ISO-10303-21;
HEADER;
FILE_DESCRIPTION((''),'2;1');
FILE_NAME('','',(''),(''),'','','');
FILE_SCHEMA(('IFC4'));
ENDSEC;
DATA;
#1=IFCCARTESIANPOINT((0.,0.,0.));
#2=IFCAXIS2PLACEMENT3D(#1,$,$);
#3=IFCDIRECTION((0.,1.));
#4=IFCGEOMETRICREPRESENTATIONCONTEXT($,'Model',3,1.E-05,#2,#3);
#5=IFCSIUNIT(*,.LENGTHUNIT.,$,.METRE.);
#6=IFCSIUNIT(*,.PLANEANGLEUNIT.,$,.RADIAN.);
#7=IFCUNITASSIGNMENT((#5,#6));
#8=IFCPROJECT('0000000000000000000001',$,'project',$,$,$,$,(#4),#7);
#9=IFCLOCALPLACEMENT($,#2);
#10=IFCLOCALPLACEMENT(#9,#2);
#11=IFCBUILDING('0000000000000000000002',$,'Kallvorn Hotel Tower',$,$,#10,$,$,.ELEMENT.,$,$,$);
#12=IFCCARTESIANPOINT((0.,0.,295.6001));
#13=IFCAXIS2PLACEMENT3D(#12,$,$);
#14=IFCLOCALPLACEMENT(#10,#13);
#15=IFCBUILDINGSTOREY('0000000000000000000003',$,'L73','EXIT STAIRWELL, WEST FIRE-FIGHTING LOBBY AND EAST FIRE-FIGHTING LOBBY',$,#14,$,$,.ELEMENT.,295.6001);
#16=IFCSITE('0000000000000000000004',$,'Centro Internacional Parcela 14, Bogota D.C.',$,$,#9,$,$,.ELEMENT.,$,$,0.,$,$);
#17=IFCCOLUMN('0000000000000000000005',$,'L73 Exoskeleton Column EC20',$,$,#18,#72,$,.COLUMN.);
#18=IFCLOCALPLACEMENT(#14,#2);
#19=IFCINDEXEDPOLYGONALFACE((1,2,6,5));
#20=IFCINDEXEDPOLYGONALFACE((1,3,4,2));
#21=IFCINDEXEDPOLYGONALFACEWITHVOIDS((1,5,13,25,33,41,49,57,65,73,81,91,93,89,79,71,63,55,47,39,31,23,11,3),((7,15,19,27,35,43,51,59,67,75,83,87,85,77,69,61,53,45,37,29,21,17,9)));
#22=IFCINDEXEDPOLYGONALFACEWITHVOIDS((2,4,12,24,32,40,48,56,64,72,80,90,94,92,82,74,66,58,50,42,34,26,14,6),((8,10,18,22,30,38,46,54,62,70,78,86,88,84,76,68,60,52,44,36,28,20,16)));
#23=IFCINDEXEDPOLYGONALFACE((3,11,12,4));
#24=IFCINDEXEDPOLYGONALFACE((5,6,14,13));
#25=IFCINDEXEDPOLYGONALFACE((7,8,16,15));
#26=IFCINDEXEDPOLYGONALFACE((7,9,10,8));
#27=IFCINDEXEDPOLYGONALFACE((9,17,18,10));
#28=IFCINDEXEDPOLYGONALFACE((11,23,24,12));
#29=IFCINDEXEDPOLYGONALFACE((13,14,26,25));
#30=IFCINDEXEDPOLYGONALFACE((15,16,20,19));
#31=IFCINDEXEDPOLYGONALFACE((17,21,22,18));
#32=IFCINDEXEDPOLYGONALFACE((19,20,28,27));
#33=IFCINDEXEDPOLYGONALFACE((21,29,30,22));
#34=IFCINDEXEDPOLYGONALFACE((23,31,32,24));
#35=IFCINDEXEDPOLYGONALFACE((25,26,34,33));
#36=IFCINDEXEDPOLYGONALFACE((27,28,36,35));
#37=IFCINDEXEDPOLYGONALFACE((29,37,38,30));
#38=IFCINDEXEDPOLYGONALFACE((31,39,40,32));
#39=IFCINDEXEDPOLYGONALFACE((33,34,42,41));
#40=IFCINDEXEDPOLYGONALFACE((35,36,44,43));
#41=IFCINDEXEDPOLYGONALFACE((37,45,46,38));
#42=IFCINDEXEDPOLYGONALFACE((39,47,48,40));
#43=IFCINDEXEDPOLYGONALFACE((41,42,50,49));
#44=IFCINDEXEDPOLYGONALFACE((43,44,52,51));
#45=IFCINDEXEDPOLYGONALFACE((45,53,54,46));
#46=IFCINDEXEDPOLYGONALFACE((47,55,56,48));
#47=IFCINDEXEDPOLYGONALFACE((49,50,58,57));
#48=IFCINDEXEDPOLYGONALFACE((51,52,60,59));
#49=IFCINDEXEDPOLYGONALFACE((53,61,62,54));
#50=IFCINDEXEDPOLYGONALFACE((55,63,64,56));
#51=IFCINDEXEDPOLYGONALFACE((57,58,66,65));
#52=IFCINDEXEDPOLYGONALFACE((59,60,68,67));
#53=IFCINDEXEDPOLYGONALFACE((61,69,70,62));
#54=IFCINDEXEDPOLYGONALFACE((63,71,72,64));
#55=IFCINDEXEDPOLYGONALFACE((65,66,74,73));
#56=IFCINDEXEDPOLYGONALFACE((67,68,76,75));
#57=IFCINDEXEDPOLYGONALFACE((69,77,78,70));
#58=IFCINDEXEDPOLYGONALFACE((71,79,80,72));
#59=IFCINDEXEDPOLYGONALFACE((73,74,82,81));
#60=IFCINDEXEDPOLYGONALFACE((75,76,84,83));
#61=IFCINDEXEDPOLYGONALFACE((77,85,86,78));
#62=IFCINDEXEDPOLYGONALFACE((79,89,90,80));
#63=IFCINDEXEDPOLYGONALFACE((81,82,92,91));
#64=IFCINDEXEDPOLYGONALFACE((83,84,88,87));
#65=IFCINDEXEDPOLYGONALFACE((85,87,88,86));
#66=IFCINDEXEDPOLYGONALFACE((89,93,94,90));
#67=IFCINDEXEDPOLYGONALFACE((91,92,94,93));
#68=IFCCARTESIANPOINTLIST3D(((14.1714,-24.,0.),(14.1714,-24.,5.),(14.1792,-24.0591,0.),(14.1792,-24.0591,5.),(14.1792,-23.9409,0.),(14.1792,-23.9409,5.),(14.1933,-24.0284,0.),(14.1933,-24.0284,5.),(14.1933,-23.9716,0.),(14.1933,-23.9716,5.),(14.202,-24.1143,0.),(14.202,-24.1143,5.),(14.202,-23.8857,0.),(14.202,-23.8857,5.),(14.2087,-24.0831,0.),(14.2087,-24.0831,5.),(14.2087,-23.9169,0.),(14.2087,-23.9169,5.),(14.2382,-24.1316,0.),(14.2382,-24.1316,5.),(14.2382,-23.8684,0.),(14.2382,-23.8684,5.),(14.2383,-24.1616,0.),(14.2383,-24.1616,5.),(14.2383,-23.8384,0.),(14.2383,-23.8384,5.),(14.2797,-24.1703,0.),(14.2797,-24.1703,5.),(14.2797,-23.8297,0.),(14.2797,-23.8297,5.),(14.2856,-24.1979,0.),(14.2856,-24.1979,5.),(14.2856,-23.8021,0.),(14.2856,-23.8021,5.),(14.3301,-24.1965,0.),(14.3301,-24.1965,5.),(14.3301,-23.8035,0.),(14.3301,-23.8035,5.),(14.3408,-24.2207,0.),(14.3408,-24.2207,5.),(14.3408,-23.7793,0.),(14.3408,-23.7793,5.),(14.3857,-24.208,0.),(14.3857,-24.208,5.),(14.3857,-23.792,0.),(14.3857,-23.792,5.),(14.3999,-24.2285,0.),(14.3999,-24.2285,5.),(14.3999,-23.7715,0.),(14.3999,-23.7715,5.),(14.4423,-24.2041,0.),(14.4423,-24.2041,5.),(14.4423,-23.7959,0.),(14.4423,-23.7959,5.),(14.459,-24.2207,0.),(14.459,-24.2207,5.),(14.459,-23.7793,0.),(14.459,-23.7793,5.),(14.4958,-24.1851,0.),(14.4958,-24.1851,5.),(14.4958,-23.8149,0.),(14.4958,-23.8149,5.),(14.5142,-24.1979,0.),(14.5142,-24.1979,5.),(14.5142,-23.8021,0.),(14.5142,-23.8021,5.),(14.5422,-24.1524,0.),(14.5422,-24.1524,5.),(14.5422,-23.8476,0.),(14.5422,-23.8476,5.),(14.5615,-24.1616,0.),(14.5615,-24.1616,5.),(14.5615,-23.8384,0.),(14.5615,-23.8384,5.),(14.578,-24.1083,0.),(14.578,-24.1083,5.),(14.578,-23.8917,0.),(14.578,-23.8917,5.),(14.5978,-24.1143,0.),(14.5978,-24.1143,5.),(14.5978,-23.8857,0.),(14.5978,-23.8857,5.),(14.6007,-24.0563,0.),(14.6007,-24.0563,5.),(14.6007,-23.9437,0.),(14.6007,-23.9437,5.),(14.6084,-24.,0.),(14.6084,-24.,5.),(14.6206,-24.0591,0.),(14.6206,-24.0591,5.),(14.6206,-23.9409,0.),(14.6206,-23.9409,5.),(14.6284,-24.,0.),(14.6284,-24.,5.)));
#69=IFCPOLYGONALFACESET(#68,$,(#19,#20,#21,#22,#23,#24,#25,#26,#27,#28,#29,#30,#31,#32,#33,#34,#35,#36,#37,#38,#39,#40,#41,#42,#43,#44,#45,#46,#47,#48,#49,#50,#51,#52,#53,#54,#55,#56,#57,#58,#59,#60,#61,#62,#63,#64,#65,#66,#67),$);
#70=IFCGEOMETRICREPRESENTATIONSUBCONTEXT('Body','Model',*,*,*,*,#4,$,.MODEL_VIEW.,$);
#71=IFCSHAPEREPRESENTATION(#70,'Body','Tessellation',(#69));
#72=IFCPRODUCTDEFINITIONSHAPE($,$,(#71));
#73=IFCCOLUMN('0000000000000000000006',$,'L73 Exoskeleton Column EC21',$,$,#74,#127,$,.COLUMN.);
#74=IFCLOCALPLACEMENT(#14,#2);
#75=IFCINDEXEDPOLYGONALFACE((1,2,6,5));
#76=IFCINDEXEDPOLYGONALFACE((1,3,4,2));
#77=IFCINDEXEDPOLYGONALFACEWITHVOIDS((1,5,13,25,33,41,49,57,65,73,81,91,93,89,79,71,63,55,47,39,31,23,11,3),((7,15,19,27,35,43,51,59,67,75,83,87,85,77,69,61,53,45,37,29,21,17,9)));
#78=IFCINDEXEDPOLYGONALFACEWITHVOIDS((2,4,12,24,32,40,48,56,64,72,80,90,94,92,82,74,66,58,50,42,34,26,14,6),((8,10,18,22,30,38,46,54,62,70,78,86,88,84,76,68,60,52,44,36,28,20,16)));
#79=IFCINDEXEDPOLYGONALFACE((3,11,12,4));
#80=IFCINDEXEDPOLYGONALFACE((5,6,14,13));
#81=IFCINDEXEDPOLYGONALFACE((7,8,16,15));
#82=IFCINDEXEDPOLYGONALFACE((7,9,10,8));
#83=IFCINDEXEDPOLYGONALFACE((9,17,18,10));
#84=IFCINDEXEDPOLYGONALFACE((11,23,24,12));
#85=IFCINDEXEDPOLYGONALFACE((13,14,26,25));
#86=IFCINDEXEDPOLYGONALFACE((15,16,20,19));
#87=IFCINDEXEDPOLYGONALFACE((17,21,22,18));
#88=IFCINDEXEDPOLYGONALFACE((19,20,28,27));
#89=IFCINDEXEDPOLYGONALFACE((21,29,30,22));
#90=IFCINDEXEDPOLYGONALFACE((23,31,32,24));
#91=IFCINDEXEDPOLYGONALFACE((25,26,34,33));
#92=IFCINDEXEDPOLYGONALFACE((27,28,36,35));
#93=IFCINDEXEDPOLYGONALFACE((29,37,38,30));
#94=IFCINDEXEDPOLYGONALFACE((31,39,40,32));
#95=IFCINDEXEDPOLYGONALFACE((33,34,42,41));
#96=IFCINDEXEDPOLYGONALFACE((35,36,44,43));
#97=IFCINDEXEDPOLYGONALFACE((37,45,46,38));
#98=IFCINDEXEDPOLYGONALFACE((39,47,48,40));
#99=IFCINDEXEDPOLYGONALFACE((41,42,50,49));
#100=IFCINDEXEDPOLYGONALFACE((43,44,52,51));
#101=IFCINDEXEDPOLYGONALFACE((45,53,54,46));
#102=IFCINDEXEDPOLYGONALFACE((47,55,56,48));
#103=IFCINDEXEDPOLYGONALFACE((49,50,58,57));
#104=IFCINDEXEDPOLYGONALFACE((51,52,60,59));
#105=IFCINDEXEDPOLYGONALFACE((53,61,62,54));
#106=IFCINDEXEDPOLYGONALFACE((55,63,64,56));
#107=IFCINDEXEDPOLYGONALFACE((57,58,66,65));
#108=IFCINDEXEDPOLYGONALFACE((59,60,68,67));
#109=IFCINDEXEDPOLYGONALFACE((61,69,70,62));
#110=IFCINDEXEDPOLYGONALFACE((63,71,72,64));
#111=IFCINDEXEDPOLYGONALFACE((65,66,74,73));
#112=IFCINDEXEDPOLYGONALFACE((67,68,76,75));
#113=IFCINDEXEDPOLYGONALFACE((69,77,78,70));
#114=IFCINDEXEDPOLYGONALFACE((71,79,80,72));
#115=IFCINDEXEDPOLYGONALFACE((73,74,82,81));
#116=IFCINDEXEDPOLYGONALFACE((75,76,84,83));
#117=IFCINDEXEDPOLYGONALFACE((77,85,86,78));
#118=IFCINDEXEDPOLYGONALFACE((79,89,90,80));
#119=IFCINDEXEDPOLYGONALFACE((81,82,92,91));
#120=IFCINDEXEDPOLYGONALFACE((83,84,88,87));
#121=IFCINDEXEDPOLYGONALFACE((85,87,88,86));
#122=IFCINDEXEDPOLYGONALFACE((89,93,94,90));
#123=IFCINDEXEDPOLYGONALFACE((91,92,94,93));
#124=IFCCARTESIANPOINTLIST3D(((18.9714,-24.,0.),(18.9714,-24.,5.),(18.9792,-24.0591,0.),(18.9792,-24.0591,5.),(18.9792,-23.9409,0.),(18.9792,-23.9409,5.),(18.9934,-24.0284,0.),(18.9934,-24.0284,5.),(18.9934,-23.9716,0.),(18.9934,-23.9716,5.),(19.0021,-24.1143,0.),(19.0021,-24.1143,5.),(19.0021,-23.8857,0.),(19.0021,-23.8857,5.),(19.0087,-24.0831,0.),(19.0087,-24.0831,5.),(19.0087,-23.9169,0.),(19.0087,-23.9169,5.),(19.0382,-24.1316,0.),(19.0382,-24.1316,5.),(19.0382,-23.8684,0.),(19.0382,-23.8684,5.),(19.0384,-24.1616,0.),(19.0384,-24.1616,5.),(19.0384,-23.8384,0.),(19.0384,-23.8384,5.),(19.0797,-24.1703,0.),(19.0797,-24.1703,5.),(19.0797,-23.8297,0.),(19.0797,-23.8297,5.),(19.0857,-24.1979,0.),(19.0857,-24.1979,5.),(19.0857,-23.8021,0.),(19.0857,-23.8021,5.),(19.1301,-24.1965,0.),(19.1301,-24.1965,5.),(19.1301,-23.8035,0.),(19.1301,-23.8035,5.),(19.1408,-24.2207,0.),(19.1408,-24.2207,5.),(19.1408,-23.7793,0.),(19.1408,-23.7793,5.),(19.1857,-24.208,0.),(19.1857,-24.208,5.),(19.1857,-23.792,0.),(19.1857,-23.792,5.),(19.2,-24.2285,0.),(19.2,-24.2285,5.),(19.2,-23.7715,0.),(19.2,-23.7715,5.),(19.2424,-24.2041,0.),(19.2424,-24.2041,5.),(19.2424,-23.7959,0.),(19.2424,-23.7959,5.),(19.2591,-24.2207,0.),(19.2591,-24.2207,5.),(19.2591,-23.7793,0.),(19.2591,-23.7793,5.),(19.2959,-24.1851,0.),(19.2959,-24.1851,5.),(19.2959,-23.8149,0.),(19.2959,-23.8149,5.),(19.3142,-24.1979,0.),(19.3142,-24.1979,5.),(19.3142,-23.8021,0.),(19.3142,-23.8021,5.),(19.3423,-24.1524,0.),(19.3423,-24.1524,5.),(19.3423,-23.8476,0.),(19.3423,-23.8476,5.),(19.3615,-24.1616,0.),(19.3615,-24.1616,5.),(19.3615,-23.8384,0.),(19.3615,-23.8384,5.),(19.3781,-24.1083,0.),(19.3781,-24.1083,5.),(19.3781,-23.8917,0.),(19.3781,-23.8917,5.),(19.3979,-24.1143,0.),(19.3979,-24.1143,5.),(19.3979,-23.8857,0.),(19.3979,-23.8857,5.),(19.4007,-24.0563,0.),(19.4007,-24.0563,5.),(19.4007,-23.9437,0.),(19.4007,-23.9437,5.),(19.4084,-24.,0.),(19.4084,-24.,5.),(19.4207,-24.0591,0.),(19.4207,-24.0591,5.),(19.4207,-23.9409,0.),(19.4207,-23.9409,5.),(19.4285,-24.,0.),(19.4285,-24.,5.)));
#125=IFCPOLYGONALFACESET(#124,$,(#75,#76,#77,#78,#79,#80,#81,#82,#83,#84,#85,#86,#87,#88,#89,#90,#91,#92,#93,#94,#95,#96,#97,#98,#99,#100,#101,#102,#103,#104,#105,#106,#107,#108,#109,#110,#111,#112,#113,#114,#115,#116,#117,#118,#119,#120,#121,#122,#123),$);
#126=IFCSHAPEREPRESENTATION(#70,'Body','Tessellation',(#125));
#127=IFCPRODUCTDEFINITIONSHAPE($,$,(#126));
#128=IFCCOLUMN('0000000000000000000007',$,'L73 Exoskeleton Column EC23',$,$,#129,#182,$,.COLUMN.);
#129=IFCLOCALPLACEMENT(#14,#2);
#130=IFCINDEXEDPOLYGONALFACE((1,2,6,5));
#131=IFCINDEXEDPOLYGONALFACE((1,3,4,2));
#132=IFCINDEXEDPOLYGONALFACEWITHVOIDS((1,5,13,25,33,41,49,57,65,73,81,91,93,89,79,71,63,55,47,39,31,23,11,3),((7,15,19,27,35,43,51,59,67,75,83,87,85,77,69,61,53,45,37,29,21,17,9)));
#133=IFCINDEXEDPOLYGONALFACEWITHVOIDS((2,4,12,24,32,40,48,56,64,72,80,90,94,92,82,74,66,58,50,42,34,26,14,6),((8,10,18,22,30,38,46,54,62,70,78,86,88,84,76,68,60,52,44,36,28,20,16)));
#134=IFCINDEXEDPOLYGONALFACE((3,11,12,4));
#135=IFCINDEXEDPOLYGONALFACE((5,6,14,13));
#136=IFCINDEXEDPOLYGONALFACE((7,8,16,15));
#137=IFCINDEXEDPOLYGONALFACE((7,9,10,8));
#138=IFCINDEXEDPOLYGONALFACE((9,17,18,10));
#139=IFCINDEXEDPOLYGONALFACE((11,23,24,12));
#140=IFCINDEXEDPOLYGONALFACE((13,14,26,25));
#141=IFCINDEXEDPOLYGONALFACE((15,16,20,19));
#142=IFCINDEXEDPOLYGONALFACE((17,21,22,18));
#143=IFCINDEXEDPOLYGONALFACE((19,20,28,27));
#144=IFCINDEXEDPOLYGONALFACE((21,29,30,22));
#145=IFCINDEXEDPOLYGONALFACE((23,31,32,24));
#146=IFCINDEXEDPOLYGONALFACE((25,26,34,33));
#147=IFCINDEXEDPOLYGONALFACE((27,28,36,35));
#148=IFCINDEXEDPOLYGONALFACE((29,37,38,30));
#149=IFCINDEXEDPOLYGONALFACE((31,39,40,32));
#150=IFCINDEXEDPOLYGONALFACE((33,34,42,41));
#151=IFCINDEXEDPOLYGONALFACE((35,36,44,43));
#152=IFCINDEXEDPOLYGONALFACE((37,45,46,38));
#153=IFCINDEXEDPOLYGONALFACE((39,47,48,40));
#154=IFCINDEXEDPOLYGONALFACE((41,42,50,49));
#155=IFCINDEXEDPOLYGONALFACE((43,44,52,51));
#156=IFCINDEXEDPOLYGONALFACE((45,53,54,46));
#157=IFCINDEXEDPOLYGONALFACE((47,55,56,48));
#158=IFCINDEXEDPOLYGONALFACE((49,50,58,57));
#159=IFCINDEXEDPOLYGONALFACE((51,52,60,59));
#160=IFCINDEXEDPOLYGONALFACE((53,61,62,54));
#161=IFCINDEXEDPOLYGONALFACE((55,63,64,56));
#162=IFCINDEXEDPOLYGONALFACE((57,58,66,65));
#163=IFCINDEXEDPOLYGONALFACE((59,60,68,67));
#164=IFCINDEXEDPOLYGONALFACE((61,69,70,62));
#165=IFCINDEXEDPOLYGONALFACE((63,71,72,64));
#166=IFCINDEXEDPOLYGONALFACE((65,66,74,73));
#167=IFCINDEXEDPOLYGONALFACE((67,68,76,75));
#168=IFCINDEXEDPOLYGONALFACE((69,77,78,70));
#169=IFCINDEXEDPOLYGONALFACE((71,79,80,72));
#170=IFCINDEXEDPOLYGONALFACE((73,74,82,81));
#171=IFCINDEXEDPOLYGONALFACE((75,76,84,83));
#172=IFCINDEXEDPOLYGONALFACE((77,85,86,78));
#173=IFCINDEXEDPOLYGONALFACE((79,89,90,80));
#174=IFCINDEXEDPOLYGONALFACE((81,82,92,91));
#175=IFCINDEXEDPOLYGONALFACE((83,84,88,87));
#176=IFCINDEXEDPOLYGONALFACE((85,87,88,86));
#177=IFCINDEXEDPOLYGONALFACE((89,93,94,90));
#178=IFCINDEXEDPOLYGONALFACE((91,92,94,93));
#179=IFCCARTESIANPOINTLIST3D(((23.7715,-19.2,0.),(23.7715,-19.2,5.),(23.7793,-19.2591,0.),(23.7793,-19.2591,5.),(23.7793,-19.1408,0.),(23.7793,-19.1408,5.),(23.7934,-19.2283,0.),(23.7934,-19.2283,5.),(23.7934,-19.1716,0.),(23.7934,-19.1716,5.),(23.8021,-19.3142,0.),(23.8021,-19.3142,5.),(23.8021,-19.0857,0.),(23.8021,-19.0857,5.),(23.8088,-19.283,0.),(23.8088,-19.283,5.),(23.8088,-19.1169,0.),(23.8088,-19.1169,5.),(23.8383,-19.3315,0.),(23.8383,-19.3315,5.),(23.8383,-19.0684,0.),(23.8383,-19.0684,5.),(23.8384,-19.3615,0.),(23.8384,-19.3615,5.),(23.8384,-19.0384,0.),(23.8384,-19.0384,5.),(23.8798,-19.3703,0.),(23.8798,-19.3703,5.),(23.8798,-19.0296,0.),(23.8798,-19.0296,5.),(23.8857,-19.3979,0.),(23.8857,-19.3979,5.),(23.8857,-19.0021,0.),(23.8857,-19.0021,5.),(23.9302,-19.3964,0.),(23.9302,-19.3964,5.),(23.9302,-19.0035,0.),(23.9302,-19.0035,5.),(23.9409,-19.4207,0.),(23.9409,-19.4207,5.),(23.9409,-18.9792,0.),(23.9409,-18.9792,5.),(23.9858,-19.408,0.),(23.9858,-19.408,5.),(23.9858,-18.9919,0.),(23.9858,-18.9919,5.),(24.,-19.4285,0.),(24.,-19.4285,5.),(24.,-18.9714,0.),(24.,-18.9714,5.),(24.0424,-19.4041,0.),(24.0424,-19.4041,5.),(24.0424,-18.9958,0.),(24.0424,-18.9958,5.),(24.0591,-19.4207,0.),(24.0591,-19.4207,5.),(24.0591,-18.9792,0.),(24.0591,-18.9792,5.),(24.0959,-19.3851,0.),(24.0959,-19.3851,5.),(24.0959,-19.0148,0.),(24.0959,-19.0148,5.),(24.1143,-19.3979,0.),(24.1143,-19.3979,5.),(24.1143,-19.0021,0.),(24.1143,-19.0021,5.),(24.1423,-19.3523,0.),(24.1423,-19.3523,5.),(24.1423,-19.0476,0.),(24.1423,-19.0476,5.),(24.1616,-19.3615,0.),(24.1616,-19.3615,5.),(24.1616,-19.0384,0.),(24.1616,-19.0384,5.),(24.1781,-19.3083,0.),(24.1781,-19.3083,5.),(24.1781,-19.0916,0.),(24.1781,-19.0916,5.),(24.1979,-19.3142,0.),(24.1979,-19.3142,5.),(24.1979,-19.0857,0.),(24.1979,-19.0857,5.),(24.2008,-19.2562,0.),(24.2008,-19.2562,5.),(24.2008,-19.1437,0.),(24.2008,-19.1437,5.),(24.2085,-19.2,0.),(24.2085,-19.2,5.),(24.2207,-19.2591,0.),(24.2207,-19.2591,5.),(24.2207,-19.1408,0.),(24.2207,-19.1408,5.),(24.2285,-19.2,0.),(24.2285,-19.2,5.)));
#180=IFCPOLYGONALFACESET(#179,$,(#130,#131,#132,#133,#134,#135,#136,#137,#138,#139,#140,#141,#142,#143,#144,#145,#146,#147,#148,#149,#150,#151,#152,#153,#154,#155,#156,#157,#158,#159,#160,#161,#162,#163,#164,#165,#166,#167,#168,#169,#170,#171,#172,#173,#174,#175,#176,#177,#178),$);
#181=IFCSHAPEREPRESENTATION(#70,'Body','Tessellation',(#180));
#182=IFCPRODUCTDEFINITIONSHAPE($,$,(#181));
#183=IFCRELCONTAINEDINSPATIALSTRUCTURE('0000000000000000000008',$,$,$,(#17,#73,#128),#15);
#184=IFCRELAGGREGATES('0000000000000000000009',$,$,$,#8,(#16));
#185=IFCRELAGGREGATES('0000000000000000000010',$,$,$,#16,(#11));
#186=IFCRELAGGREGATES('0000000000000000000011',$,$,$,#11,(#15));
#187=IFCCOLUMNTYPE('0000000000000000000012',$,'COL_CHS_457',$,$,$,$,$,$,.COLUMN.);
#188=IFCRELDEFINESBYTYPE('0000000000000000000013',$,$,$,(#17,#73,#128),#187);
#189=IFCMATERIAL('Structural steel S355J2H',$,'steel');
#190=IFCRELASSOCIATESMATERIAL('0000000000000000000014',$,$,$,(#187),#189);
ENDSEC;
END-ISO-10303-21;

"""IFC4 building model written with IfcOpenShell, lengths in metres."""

from ifc_helpers import new_model, si_unit, direction, frame, origin, origin_2d, place, context, subcontext, project, spatial, hollow_circle, extrude, material, material_profile, profile_set, type_object, element, save


model = new_model("IFC4")

# Units and contexts
model_context = context("Model", 3, precision=1e-05, world=origin(), true_north=direction((0.0, 1.0)))
body_context = subcontext(model_context, "Body", "Model", "MODEL_VIEW")
ifc_project = project(units=[si_unit("LENGTHUNIT", "METRE"), si_unit("PLANEANGLEUNIT", "RADIAN")], contexts=[model_context])

# Site, building, storey
site_placement = place(None, origin())
site = spatial("IfcSite", under=ifc_project, at=site_placement, Name="Centro Internacional Parcela 14, Bogota D.C.", CompositionType="ELEMENT", RefElevation=0.0)
building_placement = place(site_placement, origin())
building = spatial("IfcBuilding", under=site, at=building_placement, Name="Kallvorn Hotel Tower", CompositionType="ELEMENT")
storey_placement = place(building_placement, frame((0.0, 0.0, 295.6001)))
storey = spatial("IfcBuildingStorey", under=building, at=storey_placement, Name="L73", Description="EXIT STAIRWELL, WEST FIRE-FIGHTING LOBBY AND EAST FIRE-FIGHTING LOBBY", CompositionType="ELEMENT", Elevation=295.6001)

# Columns
ifc_material_1 = material(Name="Structural steel S355J2H", Category="steel")
ifc_material_profile_1 = material_profile(ifc_material_1, hollow_circle(Radius=0.2285, WallThickness=0.02, at=origin_2d()), Name="CHS 457x20")
ifc_profile_set_1 = profile_set([ifc_material_profile_1], Name="Structural steel S355J2H")
column_type_1 = type_object("IfcColumnType", Name="COL_CHS_457", PredefinedType="COLUMN", material=ifc_profile_set_1)
for number, where, z_axis, x_axis, name in (
    (1, (14.3999, -24.0, 0.0), (0.0, 0.0, 1.0), (1.0, 0.0, 0.0), "L73 Exoskeleton Column EC20"),
    (2, (19.2, -24.0, 0.0), (0.0, 0.0, 1.0), (1.0, 0.0, 0.0), "L73 Exoskeleton Column EC21"),
    (3, (24.0, -19.2, 0.0), (0.0, 0.0, 1.0), (1.0, 0.0, 0.0), "L73 Exoskeleton Column EC23"),
):
    element("IfcColumn", number, at=place(storey_placement, frame(where, z_axis=z_axis, x_axis=x_axis)), inside=storey, type_object=column_type_1, Name=name, PredefinedType="COLUMN", context=body_context, shape_type="SweptSolid", body=[
        extrude(hollow_circle(Radius=0.2285, WallThickness=0.02, at=origin_2d()), origin(), (0.0, 0.0, 1.0), 5.0),
    ])

save(model, "model.ifc")
